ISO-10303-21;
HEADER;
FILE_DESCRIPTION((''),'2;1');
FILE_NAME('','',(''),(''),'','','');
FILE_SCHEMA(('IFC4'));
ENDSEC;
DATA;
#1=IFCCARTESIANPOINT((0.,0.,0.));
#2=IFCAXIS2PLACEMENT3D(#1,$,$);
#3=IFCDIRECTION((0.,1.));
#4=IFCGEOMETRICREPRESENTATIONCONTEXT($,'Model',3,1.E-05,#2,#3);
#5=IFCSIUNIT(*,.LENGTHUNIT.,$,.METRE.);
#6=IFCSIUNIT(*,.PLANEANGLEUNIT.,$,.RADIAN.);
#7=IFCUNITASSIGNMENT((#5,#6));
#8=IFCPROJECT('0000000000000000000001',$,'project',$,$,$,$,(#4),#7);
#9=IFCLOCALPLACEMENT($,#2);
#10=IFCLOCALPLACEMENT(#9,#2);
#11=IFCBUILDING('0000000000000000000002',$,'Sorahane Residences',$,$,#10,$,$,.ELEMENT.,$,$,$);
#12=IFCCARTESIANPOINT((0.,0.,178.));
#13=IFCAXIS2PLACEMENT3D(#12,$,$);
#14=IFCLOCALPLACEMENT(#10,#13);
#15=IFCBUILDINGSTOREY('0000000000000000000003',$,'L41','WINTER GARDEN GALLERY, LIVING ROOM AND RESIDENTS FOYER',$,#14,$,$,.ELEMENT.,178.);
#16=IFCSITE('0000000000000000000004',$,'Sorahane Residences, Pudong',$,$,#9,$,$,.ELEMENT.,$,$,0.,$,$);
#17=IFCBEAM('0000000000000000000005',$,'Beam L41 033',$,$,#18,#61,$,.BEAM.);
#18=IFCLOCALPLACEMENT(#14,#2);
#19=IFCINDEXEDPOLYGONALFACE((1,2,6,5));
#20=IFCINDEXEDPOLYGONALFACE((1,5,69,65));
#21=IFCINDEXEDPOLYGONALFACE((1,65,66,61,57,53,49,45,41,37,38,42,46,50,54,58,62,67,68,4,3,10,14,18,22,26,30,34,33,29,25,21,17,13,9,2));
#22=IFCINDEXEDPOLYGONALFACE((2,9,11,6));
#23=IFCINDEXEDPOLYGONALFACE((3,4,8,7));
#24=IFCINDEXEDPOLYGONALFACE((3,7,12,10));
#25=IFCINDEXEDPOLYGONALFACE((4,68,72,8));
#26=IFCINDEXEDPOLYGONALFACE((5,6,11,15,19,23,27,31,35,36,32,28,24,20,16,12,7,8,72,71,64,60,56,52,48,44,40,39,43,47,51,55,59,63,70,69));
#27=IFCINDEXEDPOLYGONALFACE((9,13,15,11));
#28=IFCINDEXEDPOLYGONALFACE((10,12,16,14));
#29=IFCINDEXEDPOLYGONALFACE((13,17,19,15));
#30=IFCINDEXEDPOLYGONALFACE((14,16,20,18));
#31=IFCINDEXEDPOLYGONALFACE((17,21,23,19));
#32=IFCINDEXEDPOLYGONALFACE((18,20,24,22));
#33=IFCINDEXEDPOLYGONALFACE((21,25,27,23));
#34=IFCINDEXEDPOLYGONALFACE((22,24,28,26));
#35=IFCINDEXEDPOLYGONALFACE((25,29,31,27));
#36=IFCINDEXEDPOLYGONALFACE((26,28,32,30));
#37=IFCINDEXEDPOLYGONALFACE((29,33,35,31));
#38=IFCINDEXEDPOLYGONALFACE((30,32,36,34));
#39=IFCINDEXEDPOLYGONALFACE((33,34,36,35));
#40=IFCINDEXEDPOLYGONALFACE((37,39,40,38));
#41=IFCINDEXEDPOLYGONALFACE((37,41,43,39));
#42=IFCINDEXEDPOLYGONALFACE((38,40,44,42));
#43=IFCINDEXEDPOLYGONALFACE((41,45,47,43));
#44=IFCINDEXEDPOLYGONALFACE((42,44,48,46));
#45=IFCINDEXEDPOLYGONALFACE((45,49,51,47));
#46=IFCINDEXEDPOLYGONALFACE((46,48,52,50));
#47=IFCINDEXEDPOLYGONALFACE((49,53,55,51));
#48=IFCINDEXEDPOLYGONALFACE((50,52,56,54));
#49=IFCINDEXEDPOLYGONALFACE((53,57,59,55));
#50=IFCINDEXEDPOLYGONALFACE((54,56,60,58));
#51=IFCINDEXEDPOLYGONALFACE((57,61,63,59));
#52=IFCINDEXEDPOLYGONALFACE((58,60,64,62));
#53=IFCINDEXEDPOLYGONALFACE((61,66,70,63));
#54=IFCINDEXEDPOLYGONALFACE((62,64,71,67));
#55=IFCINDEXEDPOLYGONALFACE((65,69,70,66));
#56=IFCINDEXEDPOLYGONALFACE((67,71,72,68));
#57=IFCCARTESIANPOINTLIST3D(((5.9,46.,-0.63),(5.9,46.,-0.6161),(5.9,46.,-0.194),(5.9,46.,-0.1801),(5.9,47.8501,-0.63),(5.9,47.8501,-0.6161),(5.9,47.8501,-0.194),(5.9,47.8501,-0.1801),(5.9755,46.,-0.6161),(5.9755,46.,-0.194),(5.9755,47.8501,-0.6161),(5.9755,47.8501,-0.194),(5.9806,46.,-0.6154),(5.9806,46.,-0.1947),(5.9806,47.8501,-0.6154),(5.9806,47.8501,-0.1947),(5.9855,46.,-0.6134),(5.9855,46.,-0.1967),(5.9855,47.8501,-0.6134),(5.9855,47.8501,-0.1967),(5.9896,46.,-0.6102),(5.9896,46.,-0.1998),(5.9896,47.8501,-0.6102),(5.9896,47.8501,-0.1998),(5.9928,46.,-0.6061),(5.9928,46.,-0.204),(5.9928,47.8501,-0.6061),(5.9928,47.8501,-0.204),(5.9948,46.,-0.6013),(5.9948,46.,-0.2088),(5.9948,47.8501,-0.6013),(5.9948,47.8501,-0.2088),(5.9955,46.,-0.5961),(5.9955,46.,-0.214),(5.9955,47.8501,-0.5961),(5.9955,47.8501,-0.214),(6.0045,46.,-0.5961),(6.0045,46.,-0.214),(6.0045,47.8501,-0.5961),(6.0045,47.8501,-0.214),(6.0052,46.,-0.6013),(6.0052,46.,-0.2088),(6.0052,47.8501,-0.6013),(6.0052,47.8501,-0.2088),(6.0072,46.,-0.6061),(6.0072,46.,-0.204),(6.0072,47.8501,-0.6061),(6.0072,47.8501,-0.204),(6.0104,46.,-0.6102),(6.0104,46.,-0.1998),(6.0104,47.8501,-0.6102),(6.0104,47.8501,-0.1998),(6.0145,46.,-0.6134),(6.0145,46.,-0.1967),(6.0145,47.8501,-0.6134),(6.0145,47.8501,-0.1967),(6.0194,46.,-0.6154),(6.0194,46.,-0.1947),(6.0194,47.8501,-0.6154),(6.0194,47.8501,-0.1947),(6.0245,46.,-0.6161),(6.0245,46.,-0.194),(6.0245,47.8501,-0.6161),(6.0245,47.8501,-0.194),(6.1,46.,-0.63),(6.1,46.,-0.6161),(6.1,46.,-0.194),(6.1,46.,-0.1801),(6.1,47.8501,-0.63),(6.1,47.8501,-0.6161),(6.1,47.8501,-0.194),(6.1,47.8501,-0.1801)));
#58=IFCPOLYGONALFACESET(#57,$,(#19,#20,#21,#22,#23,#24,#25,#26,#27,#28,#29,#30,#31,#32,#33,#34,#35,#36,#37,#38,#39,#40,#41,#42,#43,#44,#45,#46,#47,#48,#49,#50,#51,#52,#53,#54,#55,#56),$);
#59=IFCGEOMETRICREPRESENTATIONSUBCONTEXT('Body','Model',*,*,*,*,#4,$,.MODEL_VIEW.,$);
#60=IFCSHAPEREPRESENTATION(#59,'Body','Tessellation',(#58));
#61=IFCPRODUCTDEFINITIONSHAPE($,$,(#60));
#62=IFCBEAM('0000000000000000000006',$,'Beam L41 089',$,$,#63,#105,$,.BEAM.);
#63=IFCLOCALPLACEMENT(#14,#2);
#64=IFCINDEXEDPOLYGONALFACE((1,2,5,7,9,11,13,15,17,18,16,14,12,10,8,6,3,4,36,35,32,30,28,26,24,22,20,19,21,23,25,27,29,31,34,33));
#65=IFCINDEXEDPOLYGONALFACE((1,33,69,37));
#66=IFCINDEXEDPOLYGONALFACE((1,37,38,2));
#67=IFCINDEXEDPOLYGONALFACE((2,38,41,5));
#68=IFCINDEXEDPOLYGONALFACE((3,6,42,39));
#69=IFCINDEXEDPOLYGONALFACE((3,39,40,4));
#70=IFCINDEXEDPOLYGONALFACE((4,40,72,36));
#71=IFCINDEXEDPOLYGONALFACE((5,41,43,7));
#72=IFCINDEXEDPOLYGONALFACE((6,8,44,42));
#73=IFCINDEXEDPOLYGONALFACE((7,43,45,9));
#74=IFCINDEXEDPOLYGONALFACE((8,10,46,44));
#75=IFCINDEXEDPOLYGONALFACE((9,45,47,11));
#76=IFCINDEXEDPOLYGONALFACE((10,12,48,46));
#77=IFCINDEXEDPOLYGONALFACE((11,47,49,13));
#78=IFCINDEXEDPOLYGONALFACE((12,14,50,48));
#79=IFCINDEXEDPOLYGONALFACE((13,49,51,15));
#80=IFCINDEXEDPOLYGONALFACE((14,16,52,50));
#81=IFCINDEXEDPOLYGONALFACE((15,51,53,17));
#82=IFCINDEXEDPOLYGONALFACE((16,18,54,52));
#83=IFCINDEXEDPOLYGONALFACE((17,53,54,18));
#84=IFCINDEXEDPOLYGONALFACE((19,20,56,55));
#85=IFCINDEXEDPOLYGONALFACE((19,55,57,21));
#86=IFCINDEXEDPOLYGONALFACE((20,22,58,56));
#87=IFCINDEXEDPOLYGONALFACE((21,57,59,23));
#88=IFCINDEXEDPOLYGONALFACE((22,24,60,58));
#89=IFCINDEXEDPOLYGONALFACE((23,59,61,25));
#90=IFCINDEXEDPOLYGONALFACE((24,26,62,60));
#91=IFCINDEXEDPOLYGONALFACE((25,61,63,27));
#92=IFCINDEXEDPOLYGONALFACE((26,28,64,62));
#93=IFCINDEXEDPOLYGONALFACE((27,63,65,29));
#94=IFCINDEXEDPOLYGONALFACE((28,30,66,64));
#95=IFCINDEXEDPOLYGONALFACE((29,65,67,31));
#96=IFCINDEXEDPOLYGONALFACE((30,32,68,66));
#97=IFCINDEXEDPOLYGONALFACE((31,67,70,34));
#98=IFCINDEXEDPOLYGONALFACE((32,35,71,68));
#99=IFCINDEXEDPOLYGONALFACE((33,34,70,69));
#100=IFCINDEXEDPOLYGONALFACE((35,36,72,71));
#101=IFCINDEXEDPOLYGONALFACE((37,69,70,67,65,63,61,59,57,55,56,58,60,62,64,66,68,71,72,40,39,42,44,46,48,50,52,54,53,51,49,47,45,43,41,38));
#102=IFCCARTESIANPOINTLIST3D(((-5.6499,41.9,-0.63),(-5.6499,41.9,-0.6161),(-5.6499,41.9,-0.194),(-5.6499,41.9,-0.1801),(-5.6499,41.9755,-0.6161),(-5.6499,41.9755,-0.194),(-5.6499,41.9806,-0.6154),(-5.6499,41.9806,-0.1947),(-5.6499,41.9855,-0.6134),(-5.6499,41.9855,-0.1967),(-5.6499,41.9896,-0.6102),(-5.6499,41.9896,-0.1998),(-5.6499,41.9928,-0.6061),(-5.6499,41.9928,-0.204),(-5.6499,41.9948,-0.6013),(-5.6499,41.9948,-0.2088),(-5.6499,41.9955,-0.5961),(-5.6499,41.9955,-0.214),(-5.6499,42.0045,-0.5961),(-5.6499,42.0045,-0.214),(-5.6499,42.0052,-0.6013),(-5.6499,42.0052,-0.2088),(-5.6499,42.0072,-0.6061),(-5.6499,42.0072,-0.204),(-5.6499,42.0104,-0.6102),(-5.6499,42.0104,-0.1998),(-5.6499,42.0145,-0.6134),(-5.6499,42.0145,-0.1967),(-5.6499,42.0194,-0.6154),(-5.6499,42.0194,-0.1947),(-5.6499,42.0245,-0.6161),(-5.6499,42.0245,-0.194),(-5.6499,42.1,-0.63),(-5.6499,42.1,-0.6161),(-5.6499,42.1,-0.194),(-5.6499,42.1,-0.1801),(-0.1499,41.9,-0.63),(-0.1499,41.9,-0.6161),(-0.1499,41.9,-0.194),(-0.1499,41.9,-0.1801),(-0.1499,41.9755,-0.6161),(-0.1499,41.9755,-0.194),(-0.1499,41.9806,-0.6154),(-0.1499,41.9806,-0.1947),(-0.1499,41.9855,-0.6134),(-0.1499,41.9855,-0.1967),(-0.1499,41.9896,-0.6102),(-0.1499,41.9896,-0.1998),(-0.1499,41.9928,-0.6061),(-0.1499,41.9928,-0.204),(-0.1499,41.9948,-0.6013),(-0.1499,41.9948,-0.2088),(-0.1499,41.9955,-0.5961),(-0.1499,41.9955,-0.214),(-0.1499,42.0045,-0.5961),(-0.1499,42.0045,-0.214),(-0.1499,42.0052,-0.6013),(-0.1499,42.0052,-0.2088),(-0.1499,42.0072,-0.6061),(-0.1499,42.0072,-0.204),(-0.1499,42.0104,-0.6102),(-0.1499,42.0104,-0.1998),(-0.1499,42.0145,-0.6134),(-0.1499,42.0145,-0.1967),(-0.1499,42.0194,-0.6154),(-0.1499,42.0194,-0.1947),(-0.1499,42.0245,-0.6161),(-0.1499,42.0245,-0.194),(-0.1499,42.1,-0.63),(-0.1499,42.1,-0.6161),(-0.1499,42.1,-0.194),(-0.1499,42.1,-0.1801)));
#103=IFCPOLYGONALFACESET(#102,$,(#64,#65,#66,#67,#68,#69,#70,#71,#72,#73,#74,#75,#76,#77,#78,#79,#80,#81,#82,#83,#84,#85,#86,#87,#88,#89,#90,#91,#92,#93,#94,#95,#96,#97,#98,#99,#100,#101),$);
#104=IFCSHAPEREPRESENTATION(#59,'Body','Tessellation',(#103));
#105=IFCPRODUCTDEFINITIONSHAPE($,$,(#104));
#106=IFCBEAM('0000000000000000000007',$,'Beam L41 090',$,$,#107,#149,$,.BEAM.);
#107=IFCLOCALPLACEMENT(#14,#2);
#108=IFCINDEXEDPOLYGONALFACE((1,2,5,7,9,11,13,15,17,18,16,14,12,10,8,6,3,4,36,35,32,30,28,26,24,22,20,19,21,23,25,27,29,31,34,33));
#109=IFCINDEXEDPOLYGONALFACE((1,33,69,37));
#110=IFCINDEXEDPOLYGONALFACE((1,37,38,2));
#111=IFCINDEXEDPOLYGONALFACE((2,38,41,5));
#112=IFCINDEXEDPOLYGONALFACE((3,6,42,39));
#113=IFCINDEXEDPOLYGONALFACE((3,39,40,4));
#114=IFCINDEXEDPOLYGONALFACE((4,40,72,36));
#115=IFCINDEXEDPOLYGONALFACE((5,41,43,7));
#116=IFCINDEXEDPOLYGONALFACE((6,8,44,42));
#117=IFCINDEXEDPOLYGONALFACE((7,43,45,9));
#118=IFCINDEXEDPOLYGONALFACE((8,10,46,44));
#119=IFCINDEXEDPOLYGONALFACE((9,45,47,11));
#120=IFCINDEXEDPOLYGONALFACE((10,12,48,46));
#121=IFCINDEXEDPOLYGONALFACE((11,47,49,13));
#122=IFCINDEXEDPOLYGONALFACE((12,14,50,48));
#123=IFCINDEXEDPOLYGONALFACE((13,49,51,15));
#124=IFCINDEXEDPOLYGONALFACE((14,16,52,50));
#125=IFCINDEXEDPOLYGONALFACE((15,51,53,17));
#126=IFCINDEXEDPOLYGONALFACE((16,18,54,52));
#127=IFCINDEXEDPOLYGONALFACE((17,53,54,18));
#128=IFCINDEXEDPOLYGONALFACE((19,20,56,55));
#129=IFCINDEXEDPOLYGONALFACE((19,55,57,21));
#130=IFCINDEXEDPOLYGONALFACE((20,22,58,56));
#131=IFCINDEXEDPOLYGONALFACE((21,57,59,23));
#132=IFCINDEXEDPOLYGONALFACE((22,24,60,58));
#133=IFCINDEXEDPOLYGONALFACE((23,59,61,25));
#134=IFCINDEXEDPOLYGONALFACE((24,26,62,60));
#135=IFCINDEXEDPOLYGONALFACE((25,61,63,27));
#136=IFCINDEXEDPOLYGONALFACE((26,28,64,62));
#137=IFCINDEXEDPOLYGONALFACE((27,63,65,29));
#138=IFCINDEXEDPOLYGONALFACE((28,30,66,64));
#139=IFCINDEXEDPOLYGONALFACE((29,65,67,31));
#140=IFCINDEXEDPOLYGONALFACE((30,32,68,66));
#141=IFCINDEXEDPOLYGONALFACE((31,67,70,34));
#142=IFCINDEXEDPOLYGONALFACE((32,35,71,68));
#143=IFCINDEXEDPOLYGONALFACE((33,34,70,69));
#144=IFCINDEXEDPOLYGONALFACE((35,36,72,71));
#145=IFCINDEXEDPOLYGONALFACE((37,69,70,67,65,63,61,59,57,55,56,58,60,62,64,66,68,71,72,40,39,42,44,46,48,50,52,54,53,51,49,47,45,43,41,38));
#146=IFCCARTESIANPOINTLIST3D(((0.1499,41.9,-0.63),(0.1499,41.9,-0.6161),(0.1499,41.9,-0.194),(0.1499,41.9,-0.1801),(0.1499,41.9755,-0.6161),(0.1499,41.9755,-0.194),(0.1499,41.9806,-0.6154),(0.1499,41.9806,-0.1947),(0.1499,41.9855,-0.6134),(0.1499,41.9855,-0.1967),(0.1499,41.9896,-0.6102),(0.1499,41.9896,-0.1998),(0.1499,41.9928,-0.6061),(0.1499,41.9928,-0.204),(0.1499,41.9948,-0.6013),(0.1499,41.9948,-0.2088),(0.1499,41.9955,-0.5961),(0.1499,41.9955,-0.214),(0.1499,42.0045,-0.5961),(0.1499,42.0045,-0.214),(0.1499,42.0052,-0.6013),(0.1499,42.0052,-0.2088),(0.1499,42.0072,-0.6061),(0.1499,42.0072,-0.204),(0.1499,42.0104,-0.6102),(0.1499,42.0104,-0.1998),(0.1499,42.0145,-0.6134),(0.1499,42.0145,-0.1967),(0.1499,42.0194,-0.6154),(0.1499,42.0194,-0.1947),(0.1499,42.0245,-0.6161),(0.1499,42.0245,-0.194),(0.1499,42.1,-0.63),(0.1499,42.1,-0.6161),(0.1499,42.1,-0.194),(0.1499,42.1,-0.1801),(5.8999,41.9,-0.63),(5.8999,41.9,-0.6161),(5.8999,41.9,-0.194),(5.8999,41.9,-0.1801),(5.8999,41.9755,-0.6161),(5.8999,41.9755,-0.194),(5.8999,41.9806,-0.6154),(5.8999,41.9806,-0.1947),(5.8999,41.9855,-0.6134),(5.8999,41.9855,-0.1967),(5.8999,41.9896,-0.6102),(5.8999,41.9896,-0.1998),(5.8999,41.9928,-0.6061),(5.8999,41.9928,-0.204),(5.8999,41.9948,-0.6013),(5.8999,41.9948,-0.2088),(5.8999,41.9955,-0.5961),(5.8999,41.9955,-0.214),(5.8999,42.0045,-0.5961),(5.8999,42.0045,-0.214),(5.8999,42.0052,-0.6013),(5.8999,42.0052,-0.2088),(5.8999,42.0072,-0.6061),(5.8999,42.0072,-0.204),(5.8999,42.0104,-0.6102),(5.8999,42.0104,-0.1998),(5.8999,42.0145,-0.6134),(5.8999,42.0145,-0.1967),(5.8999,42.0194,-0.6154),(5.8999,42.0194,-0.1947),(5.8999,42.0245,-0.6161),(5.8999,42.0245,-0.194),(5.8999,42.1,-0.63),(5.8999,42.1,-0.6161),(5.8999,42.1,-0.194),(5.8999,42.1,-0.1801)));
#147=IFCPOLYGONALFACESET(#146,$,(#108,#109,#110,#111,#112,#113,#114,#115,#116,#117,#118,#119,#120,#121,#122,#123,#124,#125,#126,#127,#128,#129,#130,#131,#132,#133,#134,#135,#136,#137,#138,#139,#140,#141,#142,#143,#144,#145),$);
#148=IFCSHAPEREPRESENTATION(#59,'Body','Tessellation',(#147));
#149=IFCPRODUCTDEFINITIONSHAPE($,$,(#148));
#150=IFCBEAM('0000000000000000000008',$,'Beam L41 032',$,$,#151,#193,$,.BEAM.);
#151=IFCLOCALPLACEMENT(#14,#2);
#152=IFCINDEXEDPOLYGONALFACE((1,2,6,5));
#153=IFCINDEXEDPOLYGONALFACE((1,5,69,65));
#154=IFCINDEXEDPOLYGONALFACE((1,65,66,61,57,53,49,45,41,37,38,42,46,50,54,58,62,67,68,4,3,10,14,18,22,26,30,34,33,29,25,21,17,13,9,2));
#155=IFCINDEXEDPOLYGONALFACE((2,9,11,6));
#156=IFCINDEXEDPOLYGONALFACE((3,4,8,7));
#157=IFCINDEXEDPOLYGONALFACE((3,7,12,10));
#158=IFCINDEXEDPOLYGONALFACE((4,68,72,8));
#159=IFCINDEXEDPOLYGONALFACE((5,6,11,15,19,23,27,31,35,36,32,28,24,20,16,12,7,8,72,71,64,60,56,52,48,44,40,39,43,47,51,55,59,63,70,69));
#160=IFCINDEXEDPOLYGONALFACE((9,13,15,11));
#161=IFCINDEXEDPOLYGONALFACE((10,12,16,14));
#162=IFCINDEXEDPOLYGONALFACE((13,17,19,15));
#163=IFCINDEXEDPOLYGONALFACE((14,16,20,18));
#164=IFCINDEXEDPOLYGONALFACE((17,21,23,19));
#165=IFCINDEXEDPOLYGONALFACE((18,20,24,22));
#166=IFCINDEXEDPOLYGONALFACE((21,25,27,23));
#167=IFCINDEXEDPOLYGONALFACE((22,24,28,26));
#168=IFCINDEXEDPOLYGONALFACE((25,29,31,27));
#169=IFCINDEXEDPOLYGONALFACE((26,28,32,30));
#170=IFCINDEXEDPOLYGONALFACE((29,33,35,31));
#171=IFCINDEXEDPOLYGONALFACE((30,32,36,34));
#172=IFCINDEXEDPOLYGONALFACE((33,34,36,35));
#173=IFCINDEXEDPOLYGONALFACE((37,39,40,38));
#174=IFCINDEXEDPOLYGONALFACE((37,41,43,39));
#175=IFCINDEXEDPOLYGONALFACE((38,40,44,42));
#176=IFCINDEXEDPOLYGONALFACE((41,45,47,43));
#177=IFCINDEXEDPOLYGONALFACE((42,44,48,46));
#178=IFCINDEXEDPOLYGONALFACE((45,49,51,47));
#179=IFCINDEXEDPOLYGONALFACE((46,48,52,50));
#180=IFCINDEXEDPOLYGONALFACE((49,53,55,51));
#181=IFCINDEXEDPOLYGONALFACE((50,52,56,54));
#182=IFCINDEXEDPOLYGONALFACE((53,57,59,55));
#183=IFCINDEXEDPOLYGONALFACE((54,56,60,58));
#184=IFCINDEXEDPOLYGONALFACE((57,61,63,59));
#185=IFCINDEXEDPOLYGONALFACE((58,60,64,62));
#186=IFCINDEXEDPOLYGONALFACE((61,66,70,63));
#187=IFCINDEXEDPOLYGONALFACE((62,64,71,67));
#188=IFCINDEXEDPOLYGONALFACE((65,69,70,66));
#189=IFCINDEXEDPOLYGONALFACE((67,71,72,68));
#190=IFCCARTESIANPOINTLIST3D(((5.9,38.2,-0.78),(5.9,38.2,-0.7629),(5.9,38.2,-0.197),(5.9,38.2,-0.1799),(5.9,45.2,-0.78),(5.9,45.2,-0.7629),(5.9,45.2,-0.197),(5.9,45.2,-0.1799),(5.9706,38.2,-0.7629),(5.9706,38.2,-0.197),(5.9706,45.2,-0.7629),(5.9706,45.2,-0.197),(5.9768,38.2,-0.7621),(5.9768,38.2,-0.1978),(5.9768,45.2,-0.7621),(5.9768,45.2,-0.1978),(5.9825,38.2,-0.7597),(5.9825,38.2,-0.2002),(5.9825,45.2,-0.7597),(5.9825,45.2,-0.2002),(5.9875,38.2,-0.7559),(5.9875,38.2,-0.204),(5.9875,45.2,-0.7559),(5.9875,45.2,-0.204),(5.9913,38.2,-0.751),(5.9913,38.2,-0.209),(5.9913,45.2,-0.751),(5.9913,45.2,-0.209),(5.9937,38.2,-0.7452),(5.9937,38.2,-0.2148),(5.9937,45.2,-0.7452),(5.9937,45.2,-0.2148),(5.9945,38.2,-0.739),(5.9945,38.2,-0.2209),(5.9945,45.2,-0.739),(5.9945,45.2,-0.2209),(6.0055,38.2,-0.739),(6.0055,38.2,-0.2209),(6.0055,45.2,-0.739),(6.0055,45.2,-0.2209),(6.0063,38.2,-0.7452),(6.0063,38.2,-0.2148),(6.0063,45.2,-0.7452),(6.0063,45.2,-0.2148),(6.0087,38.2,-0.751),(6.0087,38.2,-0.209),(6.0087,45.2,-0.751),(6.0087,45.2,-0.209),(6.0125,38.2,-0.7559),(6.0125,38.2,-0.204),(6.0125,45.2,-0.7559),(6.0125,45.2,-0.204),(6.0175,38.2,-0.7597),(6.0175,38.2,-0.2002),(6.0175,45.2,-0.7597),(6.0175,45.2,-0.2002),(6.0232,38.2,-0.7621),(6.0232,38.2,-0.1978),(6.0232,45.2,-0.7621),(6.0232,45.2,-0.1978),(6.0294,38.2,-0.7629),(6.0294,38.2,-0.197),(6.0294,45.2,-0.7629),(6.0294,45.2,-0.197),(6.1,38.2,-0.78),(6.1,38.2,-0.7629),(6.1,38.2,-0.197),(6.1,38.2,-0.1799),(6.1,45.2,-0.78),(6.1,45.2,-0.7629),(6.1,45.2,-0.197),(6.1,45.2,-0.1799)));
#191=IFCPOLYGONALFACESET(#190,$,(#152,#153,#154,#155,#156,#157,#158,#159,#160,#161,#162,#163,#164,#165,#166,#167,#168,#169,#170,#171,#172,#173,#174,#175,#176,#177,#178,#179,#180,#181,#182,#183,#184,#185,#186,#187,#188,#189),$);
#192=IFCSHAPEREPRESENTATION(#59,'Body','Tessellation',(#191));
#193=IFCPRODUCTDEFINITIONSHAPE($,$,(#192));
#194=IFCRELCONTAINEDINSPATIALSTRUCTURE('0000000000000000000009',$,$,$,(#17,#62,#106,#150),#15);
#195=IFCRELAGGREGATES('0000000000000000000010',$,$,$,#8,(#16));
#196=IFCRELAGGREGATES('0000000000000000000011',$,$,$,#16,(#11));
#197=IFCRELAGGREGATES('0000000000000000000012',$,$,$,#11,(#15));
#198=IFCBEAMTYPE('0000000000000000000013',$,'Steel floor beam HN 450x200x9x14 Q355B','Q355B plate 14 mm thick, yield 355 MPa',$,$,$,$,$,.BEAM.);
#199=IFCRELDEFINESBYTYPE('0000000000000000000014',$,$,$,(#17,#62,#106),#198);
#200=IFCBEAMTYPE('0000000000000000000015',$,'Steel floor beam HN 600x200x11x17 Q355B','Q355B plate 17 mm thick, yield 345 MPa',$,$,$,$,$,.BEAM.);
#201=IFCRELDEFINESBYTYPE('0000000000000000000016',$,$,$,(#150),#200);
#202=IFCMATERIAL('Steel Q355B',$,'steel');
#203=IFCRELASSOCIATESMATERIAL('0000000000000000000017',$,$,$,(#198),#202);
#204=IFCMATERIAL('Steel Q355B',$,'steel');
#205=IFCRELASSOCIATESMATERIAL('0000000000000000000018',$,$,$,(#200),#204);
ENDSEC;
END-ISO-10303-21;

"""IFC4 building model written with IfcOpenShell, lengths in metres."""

from ifc_helpers import new_model, si_unit, direction, frame, origin, origin_2d, place, context, subcontext, project, spatial, i_section, extrude, material, material_profile, profile_set, type_object, element, save


model = new_model("IFC4")

# Units and contexts
model_context = context("Model", 3, precision=1e-05, world=origin(), true_north=direction((0.0, 1.0)))
body_context = subcontext(model_context, "Body", "Model", "MODEL_VIEW")
ifc_project = project(units=[si_unit("LENGTHUNIT", "METRE"), si_unit("PLANEANGLEUNIT", "RADIAN")], contexts=[model_context])

# Site, building, storey
site_placement = place(None, origin())
site = spatial("IfcSite", under=ifc_project, at=site_placement, Name="Sorahane Residences, Pudong", CompositionType="ELEMENT", RefElevation=0.0)
building_placement = place(site_placement, origin())
building = spatial("IfcBuilding", under=site, at=building_placement, Name="Sorahane Residences", CompositionType="ELEMENT")
storey_placement = place(building_placement, frame((0.0, 0.0, 178.0)))
storey = spatial("IfcBuildingStorey", under=building, at=storey_placement, Name="L41", Description="WINTER GARDEN GALLERY, LIVING ROOM AND RESIDENTS FOYER", CompositionType="ELEMENT", Elevation=178.0)

# Beams
ifc_material_1 = material(Name="Steel Q355B", Category="steel")
ifc_material_profile_1 = material_profile(ifc_material_1, i_section(OverallWidth=0.2, OverallDepth=0.45, WebThickness=0.009, FlangeThickness=0.0139, FilletRadius=0.02, at=origin_2d()), Name="HN 450x200x9x14")
ifc_profile_set_1 = profile_set([ifc_material_profile_1], Name="Steel Q355B")
beam_type_1 = type_object("IfcBeamType", Name="Steel floor beam HN 450x200x9x14 Q355B", Description="Q355B plate 14 mm thick, yield 355 MPa", PredefinedType="BEAM", material=ifc_profile_set_1)
beam_1_placement = place(storey_placement, frame((6.0, 46.0, -0.405), z_axis=(0.0, 1.0, 0.0), x_axis=(-1.0, 0.0, 0.0)))
element("IfcBeam", 1, at=beam_1_placement, inside=storey, type_object=beam_type_1, Name="Beam L41 033", PredefinedType="BEAM", context=body_context, shape_type="SweptSolid", body=[
    extrude(i_section(OverallWidth=0.2, OverallDepth=0.45, WebThickness=0.009, FlangeThickness=0.0139, FilletRadius=0.02, at=origin_2d()), origin(), (0.0, 0.0, 1.0), 1.8501),
])
beam_2_placement = place(storey_placement, frame((-5.6499, 42.0, -0.405), z_axis=(1.0, 0.0, 0.0), x_axis=(0.0, 1.0, 0.0)))
element("IfcBeam", 2, at=beam_2_placement, inside=storey, type_object=beam_type_1, Name="Beam L41 089", PredefinedType="BEAM", context=body_context, shape_type="SweptSolid", body=[
    extrude(i_section(OverallWidth=0.2, OverallDepth=0.45, WebThickness=0.009, FlangeThickness=0.0139, FilletRadius=0.02, at=origin_2d()), origin(), (0.0, 0.0, 1.0), 5.5),
])
beam_3_placement = place(storey_placement, frame((0.1499, 42.0, -0.405), z_axis=(1.0, 0.0, 0.0), x_axis=(0.0, 1.0, 0.0)))
element("IfcBeam", 3, at=beam_3_placement, inside=storey, type_object=beam_type_1, Name="Beam L41 090", PredefinedType="BEAM", context=body_context, shape_type="SweptSolid", body=[
    extrude(i_section(OverallWidth=0.2, OverallDepth=0.45, WebThickness=0.009, FlangeThickness=0.0139, FilletRadius=0.02, at=origin_2d()), origin(), (0.0, 0.0, 1.0), 5.75),
])
ifc_material_2 = material(Name="Steel Q355B", Category="steel")
ifc_material_profile_2 = material_profile(ifc_material_2, i_section(OverallWidth=0.2, OverallDepth=0.6001, WebThickness=0.011, FlangeThickness=0.0171, FilletRadius=0.0239, at=origin_2d()), Name="HN 600x200x11x17")
ifc_profile_set_2 = profile_set([ifc_material_profile_2], Name="Steel Q355B")
beam_type_2 = type_object("IfcBeamType", Name="Steel floor beam HN 600x200x11x17 Q355B", Description="Q355B plate 17 mm thick, yield 345 MPa", PredefinedType="BEAM", material=ifc_profile_set_2)
beam_4_placement = place(storey_placement, frame((6.0, 38.2, -0.48), z_axis=(0.0, 1.0, 0.0), x_axis=(-1.0, 0.0, 0.0)))
element("IfcBeam", 4, at=beam_4_placement, inside=storey, type_object=beam_type_2, Name="Beam L41 032", PredefinedType="BEAM", context=body_context, shape_type="SweptSolid", body=[
    extrude(i_section(OverallWidth=0.2, OverallDepth=0.6001, WebThickness=0.011, FlangeThickness=0.0171, FilletRadius=0.0239, at=origin_2d()), origin(), (0.0, 0.0, 1.0), 7.0),
])

save(model, "model.ifc")
